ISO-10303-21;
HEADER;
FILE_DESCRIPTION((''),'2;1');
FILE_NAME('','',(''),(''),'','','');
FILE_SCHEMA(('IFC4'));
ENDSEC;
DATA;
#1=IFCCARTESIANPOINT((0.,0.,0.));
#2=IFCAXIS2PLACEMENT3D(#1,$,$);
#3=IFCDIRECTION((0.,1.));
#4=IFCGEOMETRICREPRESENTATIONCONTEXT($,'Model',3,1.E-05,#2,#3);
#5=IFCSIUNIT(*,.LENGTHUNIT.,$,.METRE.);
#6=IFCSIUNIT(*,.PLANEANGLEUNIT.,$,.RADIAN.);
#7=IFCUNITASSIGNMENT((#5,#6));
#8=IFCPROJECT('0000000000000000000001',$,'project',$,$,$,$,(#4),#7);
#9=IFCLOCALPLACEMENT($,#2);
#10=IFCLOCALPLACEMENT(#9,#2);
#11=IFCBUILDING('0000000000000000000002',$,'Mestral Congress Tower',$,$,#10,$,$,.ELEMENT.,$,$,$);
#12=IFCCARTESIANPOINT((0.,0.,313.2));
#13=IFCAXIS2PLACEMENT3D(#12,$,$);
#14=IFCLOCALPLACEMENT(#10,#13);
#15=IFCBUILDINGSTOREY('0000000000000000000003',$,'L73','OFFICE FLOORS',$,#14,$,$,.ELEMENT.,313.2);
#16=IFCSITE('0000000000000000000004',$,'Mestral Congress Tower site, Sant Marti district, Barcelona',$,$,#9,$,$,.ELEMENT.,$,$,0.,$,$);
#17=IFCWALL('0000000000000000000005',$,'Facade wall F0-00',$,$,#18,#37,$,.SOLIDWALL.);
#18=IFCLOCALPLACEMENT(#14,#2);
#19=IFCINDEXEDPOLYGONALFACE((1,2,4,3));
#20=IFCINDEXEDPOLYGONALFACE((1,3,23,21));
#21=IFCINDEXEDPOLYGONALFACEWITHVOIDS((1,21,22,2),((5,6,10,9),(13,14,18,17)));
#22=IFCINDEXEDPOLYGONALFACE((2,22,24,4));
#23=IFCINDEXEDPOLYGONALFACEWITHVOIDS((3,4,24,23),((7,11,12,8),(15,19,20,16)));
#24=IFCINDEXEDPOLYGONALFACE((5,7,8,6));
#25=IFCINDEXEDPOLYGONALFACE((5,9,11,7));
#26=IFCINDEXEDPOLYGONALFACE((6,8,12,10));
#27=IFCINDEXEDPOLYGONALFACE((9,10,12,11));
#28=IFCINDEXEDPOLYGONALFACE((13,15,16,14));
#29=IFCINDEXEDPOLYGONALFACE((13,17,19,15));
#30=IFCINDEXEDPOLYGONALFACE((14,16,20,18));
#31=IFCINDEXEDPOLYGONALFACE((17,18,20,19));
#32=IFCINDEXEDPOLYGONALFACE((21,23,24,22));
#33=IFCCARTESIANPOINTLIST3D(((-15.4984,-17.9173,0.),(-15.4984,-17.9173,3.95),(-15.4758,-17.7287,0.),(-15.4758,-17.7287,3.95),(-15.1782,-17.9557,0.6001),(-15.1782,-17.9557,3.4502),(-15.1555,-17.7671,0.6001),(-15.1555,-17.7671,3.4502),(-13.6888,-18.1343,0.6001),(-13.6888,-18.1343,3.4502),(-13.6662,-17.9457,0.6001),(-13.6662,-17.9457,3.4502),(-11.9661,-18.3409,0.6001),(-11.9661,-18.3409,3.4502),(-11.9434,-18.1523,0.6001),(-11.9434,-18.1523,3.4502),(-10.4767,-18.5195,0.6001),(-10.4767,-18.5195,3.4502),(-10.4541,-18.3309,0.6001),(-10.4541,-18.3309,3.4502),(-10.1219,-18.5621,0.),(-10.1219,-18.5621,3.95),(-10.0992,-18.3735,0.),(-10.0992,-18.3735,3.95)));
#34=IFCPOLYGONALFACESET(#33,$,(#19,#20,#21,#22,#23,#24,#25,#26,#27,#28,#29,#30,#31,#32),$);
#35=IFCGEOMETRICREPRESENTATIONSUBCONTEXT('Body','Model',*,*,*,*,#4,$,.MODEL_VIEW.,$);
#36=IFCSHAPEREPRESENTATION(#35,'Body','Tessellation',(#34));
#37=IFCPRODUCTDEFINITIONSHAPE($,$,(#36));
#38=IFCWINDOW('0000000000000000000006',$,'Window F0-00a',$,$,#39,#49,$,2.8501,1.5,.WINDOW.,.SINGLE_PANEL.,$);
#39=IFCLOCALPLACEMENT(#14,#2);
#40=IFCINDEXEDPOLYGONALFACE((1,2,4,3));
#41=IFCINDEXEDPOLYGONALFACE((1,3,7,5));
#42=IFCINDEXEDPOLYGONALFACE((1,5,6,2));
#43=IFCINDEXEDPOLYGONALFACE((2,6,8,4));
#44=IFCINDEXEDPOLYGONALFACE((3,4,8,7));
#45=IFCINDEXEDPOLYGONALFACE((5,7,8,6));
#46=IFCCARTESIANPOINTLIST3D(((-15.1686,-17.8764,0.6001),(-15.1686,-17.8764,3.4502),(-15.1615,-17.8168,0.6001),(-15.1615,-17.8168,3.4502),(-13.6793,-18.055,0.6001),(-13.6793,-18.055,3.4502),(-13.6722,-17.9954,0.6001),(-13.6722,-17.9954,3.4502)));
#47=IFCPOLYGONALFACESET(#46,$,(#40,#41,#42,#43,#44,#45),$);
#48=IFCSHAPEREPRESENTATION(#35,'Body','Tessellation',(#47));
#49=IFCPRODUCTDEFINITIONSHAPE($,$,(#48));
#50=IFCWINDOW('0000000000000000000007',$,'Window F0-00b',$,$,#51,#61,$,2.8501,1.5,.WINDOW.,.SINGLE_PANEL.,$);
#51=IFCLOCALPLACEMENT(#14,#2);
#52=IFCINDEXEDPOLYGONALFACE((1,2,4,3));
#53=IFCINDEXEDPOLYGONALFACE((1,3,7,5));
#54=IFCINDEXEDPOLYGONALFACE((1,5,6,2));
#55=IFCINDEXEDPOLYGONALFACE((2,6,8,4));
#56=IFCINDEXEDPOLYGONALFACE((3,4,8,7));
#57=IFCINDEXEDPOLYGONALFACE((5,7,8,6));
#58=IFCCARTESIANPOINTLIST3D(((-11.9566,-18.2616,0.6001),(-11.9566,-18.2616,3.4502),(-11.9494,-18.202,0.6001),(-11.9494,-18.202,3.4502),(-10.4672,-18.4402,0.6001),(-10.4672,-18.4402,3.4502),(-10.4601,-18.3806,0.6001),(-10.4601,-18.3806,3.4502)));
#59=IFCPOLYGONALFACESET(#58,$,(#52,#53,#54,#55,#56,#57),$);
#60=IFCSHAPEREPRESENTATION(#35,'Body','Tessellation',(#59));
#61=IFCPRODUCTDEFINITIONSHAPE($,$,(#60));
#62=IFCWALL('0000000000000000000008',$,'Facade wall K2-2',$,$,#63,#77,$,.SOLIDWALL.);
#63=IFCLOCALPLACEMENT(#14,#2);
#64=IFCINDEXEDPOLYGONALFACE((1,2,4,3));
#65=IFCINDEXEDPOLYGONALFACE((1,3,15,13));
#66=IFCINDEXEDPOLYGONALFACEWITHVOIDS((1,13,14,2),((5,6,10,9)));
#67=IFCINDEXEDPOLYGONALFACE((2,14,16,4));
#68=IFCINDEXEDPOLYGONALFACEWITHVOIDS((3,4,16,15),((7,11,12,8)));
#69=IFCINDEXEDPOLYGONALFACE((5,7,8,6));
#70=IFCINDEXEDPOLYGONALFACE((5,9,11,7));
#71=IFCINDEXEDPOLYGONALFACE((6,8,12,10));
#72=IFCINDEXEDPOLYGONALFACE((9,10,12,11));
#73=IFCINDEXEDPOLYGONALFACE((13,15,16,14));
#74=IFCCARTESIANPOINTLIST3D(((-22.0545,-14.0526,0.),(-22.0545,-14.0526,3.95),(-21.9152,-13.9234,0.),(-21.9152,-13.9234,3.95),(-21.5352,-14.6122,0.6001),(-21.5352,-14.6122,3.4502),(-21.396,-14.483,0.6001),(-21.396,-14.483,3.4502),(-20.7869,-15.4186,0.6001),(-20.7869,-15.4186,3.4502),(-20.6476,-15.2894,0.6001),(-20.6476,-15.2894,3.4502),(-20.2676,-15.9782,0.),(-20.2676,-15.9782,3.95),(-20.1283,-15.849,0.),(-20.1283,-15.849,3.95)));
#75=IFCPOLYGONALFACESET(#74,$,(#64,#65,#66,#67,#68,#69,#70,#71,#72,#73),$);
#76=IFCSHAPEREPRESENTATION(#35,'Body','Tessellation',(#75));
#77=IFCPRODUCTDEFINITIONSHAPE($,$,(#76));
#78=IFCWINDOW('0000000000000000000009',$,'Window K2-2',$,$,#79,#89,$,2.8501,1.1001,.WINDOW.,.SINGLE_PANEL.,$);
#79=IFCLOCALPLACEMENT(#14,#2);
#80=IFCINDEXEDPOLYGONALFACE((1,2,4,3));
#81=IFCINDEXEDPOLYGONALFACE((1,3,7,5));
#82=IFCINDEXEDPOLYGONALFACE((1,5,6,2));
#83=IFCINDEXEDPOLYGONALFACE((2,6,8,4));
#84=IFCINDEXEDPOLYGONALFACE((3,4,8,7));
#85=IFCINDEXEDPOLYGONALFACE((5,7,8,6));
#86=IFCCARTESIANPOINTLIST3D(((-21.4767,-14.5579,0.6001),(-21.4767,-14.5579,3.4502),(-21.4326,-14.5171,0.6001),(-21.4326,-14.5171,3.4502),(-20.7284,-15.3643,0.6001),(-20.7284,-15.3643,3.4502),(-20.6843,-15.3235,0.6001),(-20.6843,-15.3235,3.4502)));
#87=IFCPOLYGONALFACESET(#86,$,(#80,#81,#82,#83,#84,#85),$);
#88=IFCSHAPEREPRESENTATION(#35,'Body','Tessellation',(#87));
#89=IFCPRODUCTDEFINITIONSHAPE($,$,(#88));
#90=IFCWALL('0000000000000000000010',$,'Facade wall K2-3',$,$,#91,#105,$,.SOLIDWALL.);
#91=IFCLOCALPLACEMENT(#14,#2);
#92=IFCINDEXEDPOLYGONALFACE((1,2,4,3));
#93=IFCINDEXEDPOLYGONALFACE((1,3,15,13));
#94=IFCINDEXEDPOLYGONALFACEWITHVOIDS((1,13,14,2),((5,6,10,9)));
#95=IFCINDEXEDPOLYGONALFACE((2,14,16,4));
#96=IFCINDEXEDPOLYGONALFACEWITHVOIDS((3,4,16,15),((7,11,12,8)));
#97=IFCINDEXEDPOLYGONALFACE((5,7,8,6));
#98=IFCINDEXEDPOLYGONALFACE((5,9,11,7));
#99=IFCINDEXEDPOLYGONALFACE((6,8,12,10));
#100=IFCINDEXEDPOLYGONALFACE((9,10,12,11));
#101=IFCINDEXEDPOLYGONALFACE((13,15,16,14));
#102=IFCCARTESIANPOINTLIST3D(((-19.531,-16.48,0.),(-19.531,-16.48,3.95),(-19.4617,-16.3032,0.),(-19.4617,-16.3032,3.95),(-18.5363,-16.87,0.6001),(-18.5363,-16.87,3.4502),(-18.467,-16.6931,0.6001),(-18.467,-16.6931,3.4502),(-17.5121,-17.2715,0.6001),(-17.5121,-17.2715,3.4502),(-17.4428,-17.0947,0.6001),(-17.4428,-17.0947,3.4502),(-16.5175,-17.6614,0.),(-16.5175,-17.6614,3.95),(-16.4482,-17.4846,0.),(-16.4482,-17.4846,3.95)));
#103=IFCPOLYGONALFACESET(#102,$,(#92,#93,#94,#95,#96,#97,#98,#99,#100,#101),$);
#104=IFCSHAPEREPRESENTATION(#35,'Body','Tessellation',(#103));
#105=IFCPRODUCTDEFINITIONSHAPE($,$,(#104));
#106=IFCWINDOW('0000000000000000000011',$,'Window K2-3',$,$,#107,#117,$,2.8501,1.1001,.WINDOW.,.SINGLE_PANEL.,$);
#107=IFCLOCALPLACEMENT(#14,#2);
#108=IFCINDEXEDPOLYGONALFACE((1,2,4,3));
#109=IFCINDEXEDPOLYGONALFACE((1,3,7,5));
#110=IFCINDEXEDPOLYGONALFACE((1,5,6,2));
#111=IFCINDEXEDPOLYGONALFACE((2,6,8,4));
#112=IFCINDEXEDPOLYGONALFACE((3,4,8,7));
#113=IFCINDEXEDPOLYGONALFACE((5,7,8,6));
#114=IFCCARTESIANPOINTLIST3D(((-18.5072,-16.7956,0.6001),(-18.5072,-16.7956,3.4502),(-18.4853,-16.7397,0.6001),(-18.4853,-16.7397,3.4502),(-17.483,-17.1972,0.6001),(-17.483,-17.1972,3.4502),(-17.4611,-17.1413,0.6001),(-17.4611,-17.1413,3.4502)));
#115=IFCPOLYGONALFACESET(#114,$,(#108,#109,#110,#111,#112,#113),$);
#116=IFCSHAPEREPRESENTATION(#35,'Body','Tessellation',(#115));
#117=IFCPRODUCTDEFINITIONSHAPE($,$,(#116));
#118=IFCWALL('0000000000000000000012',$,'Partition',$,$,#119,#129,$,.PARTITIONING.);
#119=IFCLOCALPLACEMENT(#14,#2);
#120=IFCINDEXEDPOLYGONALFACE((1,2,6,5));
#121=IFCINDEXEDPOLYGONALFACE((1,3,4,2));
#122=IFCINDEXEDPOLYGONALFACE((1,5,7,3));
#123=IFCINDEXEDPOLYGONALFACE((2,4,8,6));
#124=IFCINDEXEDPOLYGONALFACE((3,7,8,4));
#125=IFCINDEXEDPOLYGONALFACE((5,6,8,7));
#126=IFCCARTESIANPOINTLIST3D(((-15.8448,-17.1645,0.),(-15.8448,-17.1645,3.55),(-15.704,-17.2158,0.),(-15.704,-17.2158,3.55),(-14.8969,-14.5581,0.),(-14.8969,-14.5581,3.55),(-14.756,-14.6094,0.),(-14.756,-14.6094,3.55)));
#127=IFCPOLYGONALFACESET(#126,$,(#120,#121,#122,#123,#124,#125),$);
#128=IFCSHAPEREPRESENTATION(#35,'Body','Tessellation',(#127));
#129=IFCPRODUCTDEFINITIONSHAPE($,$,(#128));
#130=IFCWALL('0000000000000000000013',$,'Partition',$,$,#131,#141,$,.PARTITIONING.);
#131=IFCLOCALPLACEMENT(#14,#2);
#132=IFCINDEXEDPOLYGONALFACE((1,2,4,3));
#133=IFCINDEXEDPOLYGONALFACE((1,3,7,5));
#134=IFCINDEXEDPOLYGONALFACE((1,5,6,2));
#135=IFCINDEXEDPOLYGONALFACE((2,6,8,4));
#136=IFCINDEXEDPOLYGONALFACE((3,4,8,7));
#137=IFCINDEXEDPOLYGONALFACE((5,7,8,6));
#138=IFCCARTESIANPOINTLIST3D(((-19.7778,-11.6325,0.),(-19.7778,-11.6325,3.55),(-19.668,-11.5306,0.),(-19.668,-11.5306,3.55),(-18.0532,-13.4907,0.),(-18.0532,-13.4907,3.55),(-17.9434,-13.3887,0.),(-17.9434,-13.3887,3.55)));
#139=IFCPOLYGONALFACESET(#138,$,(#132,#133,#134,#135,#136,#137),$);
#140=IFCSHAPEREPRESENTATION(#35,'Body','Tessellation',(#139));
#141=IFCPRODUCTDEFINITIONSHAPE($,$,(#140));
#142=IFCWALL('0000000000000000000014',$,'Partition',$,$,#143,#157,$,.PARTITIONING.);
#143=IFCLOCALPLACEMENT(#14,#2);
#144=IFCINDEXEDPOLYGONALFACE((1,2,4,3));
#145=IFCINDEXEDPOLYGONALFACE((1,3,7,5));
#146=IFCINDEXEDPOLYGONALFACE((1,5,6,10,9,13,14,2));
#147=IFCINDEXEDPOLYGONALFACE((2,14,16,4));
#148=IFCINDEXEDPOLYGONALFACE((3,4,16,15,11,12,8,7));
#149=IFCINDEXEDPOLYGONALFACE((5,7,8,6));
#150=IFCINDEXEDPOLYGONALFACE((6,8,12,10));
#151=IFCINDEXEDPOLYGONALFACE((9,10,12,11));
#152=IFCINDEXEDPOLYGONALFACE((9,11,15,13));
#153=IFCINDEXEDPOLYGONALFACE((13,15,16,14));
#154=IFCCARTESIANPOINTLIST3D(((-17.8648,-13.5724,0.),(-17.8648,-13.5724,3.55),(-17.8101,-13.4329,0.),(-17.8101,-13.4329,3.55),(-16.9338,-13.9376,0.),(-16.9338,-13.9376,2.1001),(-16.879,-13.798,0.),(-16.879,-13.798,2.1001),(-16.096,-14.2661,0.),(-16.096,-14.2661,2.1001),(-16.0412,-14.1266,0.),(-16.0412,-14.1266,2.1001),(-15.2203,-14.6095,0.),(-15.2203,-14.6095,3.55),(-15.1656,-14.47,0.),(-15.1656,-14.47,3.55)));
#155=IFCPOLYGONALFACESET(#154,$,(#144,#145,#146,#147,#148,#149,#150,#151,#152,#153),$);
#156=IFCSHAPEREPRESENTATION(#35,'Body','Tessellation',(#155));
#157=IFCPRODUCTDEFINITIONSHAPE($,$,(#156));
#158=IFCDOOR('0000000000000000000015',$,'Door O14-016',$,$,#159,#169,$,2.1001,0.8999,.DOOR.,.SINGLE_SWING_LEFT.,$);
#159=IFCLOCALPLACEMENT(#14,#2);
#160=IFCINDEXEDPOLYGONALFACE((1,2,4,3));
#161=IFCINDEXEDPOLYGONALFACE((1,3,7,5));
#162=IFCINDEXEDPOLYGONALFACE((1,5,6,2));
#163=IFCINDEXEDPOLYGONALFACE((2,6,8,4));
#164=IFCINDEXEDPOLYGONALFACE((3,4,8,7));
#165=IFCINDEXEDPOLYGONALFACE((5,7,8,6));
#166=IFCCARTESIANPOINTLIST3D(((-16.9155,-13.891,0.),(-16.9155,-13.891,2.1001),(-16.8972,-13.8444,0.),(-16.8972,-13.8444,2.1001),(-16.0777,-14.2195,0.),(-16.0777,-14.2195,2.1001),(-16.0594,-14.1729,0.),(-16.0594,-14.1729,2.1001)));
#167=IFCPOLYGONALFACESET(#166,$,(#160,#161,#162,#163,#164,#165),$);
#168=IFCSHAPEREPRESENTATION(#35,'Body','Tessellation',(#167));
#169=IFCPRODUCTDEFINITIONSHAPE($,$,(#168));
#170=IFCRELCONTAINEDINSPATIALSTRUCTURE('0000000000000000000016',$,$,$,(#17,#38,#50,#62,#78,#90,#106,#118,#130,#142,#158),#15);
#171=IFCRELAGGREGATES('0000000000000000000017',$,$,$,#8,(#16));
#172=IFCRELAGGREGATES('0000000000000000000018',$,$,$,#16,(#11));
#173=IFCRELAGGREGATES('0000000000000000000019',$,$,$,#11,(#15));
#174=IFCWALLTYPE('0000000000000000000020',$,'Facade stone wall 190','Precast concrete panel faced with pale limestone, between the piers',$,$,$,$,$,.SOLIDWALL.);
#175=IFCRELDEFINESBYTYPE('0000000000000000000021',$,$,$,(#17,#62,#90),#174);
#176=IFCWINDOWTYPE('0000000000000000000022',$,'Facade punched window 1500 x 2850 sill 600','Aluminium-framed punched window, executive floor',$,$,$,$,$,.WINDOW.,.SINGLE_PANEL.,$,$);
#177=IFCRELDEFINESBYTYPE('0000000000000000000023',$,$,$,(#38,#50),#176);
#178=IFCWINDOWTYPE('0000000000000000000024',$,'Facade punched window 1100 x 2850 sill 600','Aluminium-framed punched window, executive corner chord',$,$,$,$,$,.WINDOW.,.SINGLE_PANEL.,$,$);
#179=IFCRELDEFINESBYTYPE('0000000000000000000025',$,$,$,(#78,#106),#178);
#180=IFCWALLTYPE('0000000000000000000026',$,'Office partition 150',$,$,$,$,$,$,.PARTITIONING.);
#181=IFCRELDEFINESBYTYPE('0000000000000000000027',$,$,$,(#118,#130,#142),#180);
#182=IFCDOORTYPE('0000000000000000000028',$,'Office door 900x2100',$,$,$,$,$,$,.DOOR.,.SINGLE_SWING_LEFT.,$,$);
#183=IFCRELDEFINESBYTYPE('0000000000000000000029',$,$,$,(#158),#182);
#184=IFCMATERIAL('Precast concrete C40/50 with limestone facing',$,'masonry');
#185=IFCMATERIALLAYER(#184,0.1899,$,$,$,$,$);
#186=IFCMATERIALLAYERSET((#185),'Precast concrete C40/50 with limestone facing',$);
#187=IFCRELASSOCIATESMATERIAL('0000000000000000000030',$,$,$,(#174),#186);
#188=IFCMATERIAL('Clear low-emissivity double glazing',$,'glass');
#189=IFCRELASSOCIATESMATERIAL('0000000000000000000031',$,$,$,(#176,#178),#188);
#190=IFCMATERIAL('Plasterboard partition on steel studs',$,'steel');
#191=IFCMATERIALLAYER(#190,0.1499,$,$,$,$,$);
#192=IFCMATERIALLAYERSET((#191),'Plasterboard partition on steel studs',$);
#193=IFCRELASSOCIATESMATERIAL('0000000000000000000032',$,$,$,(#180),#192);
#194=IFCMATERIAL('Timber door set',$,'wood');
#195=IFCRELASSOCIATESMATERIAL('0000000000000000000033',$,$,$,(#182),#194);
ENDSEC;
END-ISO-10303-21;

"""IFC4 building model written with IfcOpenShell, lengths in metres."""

from ifc_helpers import new_model, si_unit, direction, frame, frame_2d, origin, place, context, subcontext, project, spatial, rectangle, extrude, material, layer, layer_set, type_object, element, fill, save


model = new_model("IFC4")

# Units and contexts
model_context = context("Model", 3, precision=1e-05, world=origin(), true_north=direction((0.0, 1.0)))
body_context = subcontext(model_context, "Body", "Model", "MODEL_VIEW")
ifc_project = project(units=[si_unit("LENGTHUNIT", "METRE"), si_unit("PLANEANGLEUNIT", "RADIAN")], contexts=[model_context])

# Site, building, storey
site_placement = place(None, origin())
site = spatial("IfcSite", under=ifc_project, at=site_placement, Name="Mestral Congress Tower site, Sant Marti district, Barcelona", CompositionType="ELEMENT", RefElevation=0.0)
building_placement = place(site_placement, origin())
building = spatial("IfcBuilding", under=site, at=building_placement, Name="Mestral Congress Tower", CompositionType="ELEMENT")
storey_placement = place(building_placement, frame((0.0, 0.0, 313.2)))
storey = spatial("IfcBuildingStorey", under=building, at=storey_placement, Name="L73", Description="OFFICE FLOORS", CompositionType="ELEMENT", Elevation=313.2)

# Wall, openings, windows
ifc_material_1 = material(Name="Precast concrete C40/50 with limestone facing", Category="masonry")
ifc_layer_1 = layer(ifc_material_1, 0.1899)
ifc_layer_set_1 = layer_set([ifc_layer_1], Name="Precast concrete C40/50 with limestone facing")
wall_type_1 = type_object("IfcWallType", Name="Facade stone wall 190", Description="Precast concrete panel faced with pale limestone, between the piers", PredefinedType="SOLIDWALL", material=ifc_layer_set_1)
wall_1_placement = place(storey_placement, frame((-15.4871, -17.823, 0.0), z_axis=(0.0, 0.0, 1.0), x_axis=(0.992886, -0.119072, 0.0)))
wall_1 = element("IfcWall", 1, at=wall_1_placement, inside=storey, type_object=wall_type_1, Name="Facade wall F0-00", PredefinedType="SOLIDWALL", context=body_context, shape_type="SweptSolid", body=[
    extrude(rectangle(XDim=5.415, YDim=0.1899, at=frame_2d((2.7075, 0.0))), origin(), (0.0, 0.0, 1.0), 3.95),
])
opening_1_placement = place(wall_1_placement, frame((0.3225, 0.0, 0.6001)))
opening_1 = element("IfcOpeningElement", 2, at=opening_1_placement, cuts=wall_1, PredefinedType="OPENING", context=body_context, shape_type="SweptSolid", body=[
    extrude(rectangle(XDim=1.5, YDim=2.8501, at=frame_2d((0.75, 1.425))), frame((0.0, 0.105, 0.0), z_axis=(0.0, -1.0, 0.0), x_axis=(1.0, 0.0, 0.0)), (0.0, 0.0, 1.0), 0.21),
])
opening_2_placement = place(wall_1_placement, frame((3.5576, 0.0, 0.6001)))
opening_2 = element("IfcOpeningElement", 3, at=opening_2_placement, cuts=wall_1, PredefinedType="OPENING", context=body_context, shape_type="SweptSolid", body=[
    extrude(rectangle(XDim=1.5, YDim=2.8501, at=frame_2d((0.75, 1.425))), frame((0.0, 0.105, 0.0), z_axis=(0.0, -1.0, 0.0), x_axis=(1.0, 0.0, 0.0)), (0.0, 0.0, 1.0), 0.21),
])
ifc_material_2 = material(Name="Clear low-emissivity double glazing", Category="glass")
window_type_1 = type_object("IfcWindowType", Name="Facade punched window 1500 x 2850 sill 600", Description="Aluminium-framed punched window, executive floor", PartitioningType="SINGLE_PANEL", PredefinedType="WINDOW", material=ifc_material_2)
window_1_placement = place(opening_1_placement, origin())
window_1 = element("IfcWindow", 4, at=window_1_placement, inside=storey, type_object=window_type_1, Name="Window F0-00a", OverallHeight=2.8501, OverallWidth=1.5, PartitioningType="SINGLE_PANEL", PredefinedType="WINDOW", context=body_context, shape_type="SweptSolid", body=[
    extrude(rectangle(XDim=1.5, YDim=2.8501, at=frame_2d((0.75, 1.425))), frame((0.0, 0.0449, 0.0), z_axis=(0.0, -1.0, 0.0), x_axis=(1.0, 0.0, 0.0)), (0.0, 0.0, 1.0), 0.0601),
])
fill(opening_1, window_1)
window_2_placement = place(opening_2_placement, origin())
window_2 = element("IfcWindow", 5, at=window_2_placement, inside=storey, type_object=window_type_1, Name="Window F0-00b", OverallHeight=2.8501, OverallWidth=1.5, PartitioningType="SINGLE_PANEL", PredefinedType="WINDOW", context=body_context, shape_type="SweptSolid", body=[
    extrude(rectangle(XDim=1.5, YDim=2.8501, at=frame_2d((0.75, 1.425))), frame((0.0, 0.0449, 0.0), z_axis=(0.0, -1.0, 0.0), x_axis=(1.0, 0.0, 0.0)), (0.0, 0.0, 1.0), 0.0601),
])
fill(opening_2, window_2)

# Walls, openings, windows
wall_2_placement = place(storey_placement, frame((-21.9849, -13.988, 0.0), z_axis=(0.0, 0.0, 1.0), x_axis=(0.680219, -0.733009, 0.0)))
wall_2 = element("IfcWall", 6, at=wall_2_placement, inside=storey, type_object=wall_type_1, Name="Facade wall K2-2", PredefinedType="SOLIDWALL", context=body_context, shape_type="SweptSolid", body=[
    extrude(rectangle(XDim=2.627, YDim=0.1899, at=frame_2d((1.3135, 0.0))), origin(), (0.0, 0.0, 1.0), 3.95),
])
opening_3_placement = place(wall_2_placement, frame((0.7634, 0.0, 0.6001)))
opening_3 = element("IfcOpeningElement", 7, at=opening_3_placement, cuts=wall_2, PredefinedType="OPENING", context=body_context, shape_type="SweptSolid", body=[
    extrude(rectangle(XDim=1.1001, YDim=2.8501, at=frame_2d((0.55, 1.425))), frame((0.0, 0.105, 0.0), z_axis=(0.0, -1.0, 0.0), x_axis=(1.0, 0.0, 0.0)), (0.0, 0.0, 1.0), 0.21),
])
window_type_2 = type_object("IfcWindowType", Name="Facade punched window 1100 x 2850 sill 600", Description="Aluminium-framed punched window, executive corner chord", PartitioningType="SINGLE_PANEL", PredefinedType="WINDOW", material=ifc_material_2)
window_3_placement = place(opening_3_placement, origin())
window_3 = element("IfcWindow", 8, at=window_3_placement, inside=storey, type_object=window_type_2, Name="Window K2-2", OverallHeight=2.8501, OverallWidth=1.1001, PartitioningType="SINGLE_PANEL", PredefinedType="WINDOW", context=body_context, shape_type="SweptSolid", body=[
    extrude(rectangle(XDim=1.1001, YDim=2.8501, at=frame_2d((0.55, 1.425))), frame((0.0, 0.0449, 0.0), z_axis=(0.0, -1.0, 0.0), x_axis=(1.0, 0.0, 0.0)), (0.0, 0.0, 1.0), 0.0601),
])
fill(opening_3, window_3)
wall_3_placement = place(storey_placement, frame((-19.4963, -16.3916, 0.0), z_axis=(0.0, 0.0, 1.0), x_axis=(0.931009, -0.364997, 0.0)))
wall_3 = element("IfcWall", 9, at=wall_3_placement, inside=storey, type_object=wall_type_1, Name="Facade wall K2-3", PredefinedType="SOLIDWALL", context=body_context, shape_type="SweptSolid", body=[
    extrude(rectangle(XDim=3.2368, YDim=0.1899, at=frame_2d((1.6184, 0.0))), origin(), (0.0, 0.0, 1.0), 3.95),
])
opening_4_placement = place(wall_3_placement, frame((1.0684, 0.0, 0.6001)))
opening_4 = element("IfcOpeningElement", 10, at=opening_4_placement, cuts=wall_3, PredefinedType="OPENING", context=body_context, shape_type="SweptSolid", body=[
    extrude(rectangle(XDim=1.1001, YDim=2.8501, at=frame_2d((0.55, 1.425))), frame((0.0, 0.105, 0.0), z_axis=(0.0, -1.0, 0.0), x_axis=(1.0, 0.0, 0.0)), (0.0, 0.0, 1.0), 0.21),
])
window_4_placement = place(opening_4_placement, origin())
window_4 = element("IfcWindow", 11, at=window_4_placement, inside=storey, type_object=window_type_2, Name="Window K2-3", OverallHeight=2.8501, OverallWidth=1.1001, PartitioningType="SINGLE_PANEL", PredefinedType="WINDOW", context=body_context, shape_type="SweptSolid", body=[
    extrude(rectangle(XDim=1.1001, YDim=2.8501, at=frame_2d((0.55, 1.425))), frame((0.0, 0.0449, 0.0), z_axis=(0.0, -1.0, 0.0), x_axis=(1.0, 0.0, 0.0)), (0.0, 0.0, 1.0), 0.0601),
])
fill(opening_4, window_4)

# Walls
ifc_material_3 = material(Name="Plasterboard partition on steel studs", Category="steel")
ifc_layer_2 = layer(ifc_material_3, 0.1499)
ifc_layer_set_2 = layer_set([ifc_layer_2], Name="Plasterboard partition on steel studs")
wall_type_2 = type_object("IfcWallType", Name="Office partition 150", PredefinedType="PARTITIONING", material=ifc_layer_set_2)
wall_4_placement = place(storey_placement, frame((-14.8264, -14.5837, 0.0), z_axis=(0.0, 0.0, 1.0), x_axis=(-0.341807, -0.93977, 0.0)))
element("IfcWall", 12, at=wall_4_placement, inside=storey, type_object=wall_type_2, Name="Partition", PredefinedType="PARTITIONING", context=body_context, shape_type="SweptSolid", body=[
    extrude(rectangle(XDim=2.7734, YDim=0.1499, at=frame_2d((1.3867, 0.0))), origin(), (0.0, 0.0, 1.0), 3.55),
])
wall_5_placement = place(storey_placement, frame((-19.7229, -11.5815, 0.0), z_axis=(0.0, 0.0, 1.0), x_axis=(0.680277, -0.732955, 0.0)))
element("IfcWall", 13, at=wall_5_placement, inside=storey, type_object=wall_type_2, Name="Partition", PredefinedType="PARTITIONING", context=body_context, shape_type="SweptSolid", body=[
    extrude(rectangle(XDim=2.5352, YDim=0.1499, at=frame_2d((1.2676, 0.0))), origin(), (0.0, 0.0, 1.0), 3.55),
])

# Wall, opening, door
wall_6_placement = place(storey_placement, frame((-15.1929, -14.5398, 0.0), z_axis=(0.0, 0.0, 1.0), x_axis=(-0.930969, 0.365099, 0.0)))
wall_6 = element("IfcWall", 14, at=wall_6_placement, inside=storey, type_object=wall_type_2, Name="Partition", PredefinedType="PARTITIONING", context=body_context, shape_type="SweptSolid", body=[
    extrude(rectangle(XDim=2.8406, YDim=0.1499, at=frame_2d((1.4204, 0.0))), origin(), (0.0, 0.0, 1.0), 3.55),
])
opening_5_placement = place(wall_6_placement, frame((0.9407, 0.0, 0.0)))
opening_5 = element("IfcOpeningElement", 15, at=opening_5_placement, cuts=wall_6, PredefinedType="OPENING", context=body_context, shape_type="SweptSolid", body=[
    extrude(rectangle(XDim=0.8999, YDim=2.1001, at=frame_2d((0.45, 1.05))), frame((0.0, 0.085, 0.0), z_axis=(0.0, -1.0, 0.0), x_axis=(1.0, 0.0, 0.0)), (0.0, 0.0, 1.0), 0.1699),
])
ifc_material_4 = material(Name="Timber door set", Category="wood")
door_type = type_object("IfcDoorType", Name="Office door 900x2100", OperationType="SINGLE_SWING_LEFT", PredefinedType="DOOR", material=ifc_material_4)
door_placement = place(opening_5_placement, origin())
door = element("IfcDoor", 16, at=door_placement, inside=storey, type_object=door_type, Name="Door O14-016", OperationType="SINGLE_SWING_LEFT", OverallHeight=2.1001, OverallWidth=0.8999, PredefinedType="DOOR", context=body_context, shape_type="SweptSolid", body=[
    extrude(rectangle(XDim=0.8999, YDim=2.1001, at=frame_2d((0.45, 1.05))), frame((0.0, 0.0249, 0.0), z_axis=(0.0, -1.0, 0.0), x_axis=(1.0, 0.0, 0.0)), (0.0, 0.0, 1.0), 0.05),
])
fill(opening_5, door)

save(model, "model.ifc")
